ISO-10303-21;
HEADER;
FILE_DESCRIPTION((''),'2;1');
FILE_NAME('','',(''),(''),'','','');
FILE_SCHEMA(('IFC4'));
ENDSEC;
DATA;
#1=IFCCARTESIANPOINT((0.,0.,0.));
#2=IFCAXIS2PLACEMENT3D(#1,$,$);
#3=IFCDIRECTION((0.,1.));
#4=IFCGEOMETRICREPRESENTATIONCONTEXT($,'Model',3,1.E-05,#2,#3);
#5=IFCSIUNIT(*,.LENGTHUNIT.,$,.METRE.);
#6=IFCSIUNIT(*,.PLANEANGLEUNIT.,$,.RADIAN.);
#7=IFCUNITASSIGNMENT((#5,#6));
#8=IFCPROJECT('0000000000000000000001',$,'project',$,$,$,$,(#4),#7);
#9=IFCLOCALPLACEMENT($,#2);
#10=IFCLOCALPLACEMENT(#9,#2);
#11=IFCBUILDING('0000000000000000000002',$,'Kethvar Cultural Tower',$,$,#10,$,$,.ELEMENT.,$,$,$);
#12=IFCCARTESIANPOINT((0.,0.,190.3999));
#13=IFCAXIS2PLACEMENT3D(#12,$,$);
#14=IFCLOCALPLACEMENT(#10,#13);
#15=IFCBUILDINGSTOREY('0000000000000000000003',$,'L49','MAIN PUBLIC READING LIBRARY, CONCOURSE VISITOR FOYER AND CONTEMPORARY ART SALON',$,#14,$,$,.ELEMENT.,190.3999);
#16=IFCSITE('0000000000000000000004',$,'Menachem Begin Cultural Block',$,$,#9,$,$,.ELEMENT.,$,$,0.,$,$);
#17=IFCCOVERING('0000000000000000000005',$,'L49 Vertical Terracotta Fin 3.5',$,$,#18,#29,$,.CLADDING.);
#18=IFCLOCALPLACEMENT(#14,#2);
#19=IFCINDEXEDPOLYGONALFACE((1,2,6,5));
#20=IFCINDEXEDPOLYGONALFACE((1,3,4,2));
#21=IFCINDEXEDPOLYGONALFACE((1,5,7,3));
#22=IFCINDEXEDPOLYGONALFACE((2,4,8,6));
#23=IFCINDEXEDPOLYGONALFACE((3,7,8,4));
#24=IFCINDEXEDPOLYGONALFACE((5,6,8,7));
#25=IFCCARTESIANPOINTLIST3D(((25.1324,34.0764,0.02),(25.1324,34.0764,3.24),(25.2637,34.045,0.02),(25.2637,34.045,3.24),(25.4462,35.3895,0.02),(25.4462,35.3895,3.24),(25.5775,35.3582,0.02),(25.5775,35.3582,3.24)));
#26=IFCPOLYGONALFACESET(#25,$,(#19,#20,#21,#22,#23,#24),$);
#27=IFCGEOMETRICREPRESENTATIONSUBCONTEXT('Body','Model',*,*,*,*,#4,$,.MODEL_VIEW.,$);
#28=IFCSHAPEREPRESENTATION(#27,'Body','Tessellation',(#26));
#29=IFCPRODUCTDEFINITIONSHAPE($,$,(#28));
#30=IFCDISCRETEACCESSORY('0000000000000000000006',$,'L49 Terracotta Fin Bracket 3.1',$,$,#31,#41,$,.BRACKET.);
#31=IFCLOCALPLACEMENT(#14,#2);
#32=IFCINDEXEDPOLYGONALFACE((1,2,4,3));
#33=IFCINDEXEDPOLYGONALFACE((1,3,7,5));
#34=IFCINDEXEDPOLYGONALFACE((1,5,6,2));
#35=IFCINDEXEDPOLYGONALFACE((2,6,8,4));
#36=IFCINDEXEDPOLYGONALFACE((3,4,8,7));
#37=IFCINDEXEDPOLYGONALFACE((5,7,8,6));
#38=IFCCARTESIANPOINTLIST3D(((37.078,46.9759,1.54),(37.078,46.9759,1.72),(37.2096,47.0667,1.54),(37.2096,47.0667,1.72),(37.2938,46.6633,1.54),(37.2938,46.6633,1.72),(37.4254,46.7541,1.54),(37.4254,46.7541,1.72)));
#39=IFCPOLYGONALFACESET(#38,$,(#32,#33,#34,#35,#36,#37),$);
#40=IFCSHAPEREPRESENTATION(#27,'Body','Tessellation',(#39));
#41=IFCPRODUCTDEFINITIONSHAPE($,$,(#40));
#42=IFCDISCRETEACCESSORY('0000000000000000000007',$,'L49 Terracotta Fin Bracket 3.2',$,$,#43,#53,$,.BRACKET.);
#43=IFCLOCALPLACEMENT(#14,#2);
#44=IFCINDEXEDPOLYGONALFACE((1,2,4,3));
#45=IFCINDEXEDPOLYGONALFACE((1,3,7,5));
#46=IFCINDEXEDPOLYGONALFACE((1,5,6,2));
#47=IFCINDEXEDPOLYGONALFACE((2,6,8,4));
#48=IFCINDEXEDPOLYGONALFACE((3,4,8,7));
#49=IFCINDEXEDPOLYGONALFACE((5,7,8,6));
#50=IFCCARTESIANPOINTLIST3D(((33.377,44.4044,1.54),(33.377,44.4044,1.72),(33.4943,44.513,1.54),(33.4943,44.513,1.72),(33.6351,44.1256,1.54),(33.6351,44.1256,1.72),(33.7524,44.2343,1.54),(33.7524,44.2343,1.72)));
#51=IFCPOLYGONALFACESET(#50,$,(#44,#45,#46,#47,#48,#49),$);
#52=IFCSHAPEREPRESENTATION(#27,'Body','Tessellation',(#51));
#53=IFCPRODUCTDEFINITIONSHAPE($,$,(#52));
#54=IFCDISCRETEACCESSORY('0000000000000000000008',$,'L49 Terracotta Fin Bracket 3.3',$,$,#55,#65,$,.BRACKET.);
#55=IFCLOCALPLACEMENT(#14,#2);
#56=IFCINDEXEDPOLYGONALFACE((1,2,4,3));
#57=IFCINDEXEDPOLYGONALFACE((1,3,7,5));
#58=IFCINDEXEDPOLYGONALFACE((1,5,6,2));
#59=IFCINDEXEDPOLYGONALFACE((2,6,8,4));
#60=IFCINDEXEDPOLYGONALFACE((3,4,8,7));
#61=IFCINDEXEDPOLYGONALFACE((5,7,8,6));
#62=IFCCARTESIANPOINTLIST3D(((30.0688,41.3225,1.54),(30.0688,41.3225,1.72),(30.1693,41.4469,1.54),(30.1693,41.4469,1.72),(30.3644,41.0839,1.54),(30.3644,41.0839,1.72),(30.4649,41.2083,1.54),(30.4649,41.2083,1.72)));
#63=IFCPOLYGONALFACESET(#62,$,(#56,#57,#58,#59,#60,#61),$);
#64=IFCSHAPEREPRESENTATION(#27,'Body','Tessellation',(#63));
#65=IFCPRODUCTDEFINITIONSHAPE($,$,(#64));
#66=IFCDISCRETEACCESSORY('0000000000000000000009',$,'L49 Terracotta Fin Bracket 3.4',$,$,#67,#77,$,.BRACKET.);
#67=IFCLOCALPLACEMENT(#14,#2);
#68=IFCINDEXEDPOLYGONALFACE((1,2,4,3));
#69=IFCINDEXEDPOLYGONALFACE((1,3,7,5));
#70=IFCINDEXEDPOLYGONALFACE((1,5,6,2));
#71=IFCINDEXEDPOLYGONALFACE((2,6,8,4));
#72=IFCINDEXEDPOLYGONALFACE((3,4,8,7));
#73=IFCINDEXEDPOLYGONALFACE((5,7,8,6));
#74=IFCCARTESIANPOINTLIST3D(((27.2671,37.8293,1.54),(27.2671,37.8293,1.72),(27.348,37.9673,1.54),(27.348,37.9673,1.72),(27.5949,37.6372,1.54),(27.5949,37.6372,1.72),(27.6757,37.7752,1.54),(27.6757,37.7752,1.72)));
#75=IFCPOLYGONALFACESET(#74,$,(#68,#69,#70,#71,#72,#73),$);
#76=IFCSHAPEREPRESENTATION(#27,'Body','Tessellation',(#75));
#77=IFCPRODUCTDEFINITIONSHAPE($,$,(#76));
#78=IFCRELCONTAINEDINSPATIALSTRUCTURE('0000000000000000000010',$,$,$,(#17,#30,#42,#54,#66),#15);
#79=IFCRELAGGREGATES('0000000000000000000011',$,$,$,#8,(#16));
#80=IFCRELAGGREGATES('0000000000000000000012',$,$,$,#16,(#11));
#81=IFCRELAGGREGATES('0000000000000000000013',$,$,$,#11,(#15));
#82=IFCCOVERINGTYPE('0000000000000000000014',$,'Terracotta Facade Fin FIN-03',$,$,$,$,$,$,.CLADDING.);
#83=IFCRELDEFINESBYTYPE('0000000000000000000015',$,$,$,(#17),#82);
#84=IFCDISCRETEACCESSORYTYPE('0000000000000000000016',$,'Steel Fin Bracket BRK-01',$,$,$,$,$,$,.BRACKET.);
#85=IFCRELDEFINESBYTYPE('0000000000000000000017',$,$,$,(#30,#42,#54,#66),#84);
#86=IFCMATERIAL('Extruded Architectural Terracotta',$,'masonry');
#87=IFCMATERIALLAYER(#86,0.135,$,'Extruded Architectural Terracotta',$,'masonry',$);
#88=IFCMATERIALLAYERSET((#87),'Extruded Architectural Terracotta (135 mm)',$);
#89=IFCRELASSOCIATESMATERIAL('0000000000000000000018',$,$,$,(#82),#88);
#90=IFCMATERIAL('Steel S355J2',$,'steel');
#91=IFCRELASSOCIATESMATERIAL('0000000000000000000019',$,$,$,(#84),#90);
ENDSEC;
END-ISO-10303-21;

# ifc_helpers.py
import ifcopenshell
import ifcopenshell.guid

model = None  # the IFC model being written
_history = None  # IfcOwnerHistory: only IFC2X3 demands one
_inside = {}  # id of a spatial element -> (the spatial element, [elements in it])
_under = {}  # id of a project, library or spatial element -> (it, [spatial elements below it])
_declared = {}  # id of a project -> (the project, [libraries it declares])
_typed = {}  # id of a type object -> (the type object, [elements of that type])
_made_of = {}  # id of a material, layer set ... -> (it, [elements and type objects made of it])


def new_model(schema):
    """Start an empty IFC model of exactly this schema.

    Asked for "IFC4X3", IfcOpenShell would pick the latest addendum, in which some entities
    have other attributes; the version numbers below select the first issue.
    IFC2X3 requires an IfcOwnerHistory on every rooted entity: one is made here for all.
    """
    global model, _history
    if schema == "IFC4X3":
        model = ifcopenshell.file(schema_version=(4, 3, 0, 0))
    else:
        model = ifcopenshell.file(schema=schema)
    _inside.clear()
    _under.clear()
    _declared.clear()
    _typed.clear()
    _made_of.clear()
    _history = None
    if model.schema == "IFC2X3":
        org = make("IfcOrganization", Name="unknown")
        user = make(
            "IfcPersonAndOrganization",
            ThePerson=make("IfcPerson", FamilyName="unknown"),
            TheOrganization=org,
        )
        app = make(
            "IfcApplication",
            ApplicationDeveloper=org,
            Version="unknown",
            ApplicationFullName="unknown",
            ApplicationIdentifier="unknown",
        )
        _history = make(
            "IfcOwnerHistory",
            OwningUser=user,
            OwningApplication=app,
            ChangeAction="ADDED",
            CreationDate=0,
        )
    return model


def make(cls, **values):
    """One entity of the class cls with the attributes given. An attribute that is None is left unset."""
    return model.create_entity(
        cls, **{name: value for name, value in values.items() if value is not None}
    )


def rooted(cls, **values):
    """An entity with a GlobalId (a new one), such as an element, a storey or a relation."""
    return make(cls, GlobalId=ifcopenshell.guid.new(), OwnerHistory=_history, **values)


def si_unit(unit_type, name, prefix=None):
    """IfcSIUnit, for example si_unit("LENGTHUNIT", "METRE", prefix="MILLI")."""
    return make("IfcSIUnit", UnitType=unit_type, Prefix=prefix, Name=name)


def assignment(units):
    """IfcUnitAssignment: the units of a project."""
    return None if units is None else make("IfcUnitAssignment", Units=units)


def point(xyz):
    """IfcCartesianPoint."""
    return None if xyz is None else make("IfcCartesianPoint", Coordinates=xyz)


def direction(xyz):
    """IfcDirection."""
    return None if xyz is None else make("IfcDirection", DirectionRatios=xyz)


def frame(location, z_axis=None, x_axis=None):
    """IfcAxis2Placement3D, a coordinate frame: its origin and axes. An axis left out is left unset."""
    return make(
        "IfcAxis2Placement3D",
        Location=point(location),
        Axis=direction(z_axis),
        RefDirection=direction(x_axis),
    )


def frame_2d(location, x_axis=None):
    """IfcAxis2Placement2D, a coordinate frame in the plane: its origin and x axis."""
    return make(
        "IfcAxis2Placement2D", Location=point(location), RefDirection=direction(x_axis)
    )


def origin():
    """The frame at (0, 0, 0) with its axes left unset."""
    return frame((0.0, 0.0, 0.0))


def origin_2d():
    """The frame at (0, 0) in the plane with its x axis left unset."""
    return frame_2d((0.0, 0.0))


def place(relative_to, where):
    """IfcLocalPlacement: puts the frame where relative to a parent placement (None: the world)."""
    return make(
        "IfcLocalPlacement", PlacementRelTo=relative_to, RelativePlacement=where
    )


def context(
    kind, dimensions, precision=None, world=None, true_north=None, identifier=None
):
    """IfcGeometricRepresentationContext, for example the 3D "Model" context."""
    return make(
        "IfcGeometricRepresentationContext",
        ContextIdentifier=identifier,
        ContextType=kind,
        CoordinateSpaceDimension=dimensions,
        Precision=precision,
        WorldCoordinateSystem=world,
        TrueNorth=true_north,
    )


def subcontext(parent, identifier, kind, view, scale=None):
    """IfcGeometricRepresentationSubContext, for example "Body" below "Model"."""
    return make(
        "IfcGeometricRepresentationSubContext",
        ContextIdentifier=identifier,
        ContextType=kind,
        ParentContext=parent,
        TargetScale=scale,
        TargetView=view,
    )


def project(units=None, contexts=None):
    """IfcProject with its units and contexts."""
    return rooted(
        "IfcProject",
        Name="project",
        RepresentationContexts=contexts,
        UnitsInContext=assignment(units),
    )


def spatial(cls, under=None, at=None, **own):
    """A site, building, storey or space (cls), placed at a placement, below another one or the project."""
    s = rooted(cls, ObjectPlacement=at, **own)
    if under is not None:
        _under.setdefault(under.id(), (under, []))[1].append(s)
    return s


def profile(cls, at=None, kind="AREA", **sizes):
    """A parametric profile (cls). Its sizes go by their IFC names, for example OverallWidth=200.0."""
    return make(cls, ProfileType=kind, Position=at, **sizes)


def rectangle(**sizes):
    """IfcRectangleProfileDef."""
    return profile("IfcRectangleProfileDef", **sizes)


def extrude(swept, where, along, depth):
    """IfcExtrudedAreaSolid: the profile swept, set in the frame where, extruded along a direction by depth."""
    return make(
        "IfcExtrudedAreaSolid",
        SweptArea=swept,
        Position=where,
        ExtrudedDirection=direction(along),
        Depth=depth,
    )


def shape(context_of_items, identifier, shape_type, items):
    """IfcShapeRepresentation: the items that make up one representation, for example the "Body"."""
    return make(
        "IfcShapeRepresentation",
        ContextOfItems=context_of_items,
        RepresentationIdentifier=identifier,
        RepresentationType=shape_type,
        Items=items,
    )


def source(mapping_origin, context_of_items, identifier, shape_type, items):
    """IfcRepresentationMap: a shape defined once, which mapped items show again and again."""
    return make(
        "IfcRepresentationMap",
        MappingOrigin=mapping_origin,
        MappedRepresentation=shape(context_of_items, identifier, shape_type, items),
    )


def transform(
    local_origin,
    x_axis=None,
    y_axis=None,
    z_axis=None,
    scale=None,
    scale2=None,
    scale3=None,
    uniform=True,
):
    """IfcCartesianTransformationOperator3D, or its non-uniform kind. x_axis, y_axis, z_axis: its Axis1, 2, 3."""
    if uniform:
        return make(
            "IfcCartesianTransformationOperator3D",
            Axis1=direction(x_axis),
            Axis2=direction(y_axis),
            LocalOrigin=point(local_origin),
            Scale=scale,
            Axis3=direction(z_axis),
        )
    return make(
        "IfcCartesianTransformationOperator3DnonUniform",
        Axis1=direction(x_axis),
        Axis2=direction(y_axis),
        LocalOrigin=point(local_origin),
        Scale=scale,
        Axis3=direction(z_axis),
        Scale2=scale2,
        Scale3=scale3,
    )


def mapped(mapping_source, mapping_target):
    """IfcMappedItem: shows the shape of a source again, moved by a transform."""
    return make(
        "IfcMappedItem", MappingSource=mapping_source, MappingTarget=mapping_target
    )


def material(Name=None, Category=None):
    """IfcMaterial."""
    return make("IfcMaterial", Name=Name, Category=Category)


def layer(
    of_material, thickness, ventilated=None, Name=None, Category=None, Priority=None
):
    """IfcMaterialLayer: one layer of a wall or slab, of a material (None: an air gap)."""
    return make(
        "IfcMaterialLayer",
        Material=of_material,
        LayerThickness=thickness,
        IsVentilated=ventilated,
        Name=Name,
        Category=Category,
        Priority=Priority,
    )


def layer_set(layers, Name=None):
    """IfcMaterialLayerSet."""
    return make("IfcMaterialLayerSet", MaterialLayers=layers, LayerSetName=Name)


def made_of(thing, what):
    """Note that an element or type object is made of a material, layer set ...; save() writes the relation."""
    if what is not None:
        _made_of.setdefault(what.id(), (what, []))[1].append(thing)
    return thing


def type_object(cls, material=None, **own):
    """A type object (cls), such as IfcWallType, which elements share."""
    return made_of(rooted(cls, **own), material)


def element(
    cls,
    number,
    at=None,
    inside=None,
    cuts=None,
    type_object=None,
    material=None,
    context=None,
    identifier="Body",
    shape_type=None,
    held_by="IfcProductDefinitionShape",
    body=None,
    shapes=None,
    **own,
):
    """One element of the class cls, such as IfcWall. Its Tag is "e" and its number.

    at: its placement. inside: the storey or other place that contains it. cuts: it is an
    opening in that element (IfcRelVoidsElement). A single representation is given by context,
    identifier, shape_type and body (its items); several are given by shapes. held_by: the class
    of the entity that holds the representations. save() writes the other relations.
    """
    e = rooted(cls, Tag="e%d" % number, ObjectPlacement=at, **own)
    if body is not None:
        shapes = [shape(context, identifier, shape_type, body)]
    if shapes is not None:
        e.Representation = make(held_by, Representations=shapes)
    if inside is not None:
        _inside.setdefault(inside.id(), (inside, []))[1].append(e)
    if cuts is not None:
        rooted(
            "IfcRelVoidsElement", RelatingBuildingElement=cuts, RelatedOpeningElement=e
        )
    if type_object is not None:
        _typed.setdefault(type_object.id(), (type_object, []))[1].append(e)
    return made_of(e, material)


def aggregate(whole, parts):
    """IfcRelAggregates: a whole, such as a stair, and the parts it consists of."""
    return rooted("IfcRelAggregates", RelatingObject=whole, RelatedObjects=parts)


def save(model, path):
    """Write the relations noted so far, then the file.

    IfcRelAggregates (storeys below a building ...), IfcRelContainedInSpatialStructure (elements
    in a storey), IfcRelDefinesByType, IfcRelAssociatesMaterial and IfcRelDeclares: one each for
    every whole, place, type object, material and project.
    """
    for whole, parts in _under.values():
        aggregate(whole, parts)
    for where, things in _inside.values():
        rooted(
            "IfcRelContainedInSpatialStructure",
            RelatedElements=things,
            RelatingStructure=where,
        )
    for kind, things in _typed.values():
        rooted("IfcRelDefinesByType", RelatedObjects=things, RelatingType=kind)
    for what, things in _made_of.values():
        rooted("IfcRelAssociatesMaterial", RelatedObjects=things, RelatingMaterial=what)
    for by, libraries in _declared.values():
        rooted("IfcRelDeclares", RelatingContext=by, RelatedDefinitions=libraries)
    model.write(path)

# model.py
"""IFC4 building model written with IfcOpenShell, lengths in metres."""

from ifc_helpers import new_model, si_unit, direction, frame, origin, origin_2d, place, context, subcontext, project, spatial, rectangle, extrude, source, transform, mapped, material, layer, layer_set, type_object, element, save


model = new_model("IFC4")

# Units and contexts
model_context = context("Model", 3, precision=1e-05, world=origin(), true_north=direction((0.0, 1.0)))
body_context = subcontext(model_context, "Body", "Model", "MODEL_VIEW")
ifc_project = project(units=[si_unit("LENGTHUNIT", "METRE"), si_unit("PLANEANGLEUNIT", "RADIAN")], contexts=[model_context])

# Site, building, storey
site_placement = place(None, origin())
site = spatial("IfcSite", under=ifc_project, at=site_placement, Name="Menachem Begin Cultural Block", CompositionType="ELEMENT", RefElevation=0.0)
building_placement = place(site_placement, origin())
building = spatial("IfcBuilding", under=site, at=building_placement, Name="Kethvar Cultural Tower", CompositionType="ELEMENT")
storey_placement = place(building_placement, frame((0.0, 0.0, 190.3999)))
storey = spatial("IfcBuildingStorey", under=building, at=storey_placement, Name="L49", Description="MAIN PUBLIC READING LIBRARY, CONCOURSE VISITOR FOYER AND CONTEMPORARY ART SALON", CompositionType="ELEMENT", Elevation=190.3999)

# Shared definitions
ifc_material_1 = material(Name="Steel S355J2", Category="steel")

# Covering
ifc_material_2 = material(Name="Extruded Architectural Terracotta", Category="masonry")
ifc_layer_1 = layer(ifc_material_2, 0.135, Name="Extruded Architectural Terracotta", Category="masonry")
ifc_layer_set_1 = layer_set([ifc_layer_1], Name="Extruded Architectural Terracotta (135 mm)")
covering_type = type_object("IfcCoveringType", Name="Terracotta Facade Fin FIN-03", PredefinedType="CLADDING", material=ifc_layer_set_1)
shared_shape_1 = source(origin(), body_context, "Body", "SweptSolid", [
    extrude(rectangle(XDim=1.3501, YDim=0.135, at=origin_2d()), origin(), (0.0, 0.0, 1.0), 3.22),
])
for number, where, z_axis, x_axis, name in (
    (1, (25.355, 34.7173, 0.02), (0.0, 0.0, 1.0), (0.232427, 0.972614, 0.0), "L49 Vertical Terracotta Fin 3.5"),
):
    element("IfcCovering", number, at=place(storey_placement, frame(where, z_axis=z_axis, x_axis=x_axis)), inside=storey, type_object=covering_type, Name=name, PredefinedType="CLADDING", context=body_context, shape_type="MappedRepresentation", body=[
        mapped(shared_shape_1, transform((0.0, 0.0, 0.0), scale=1.0)),
    ])

# Discrete accessories
discrete_accessory_type = type_object("IfcDiscreteAccessoryType", Name="Steel Fin Bracket BRK-01", PredefinedType="BRACKET", material=ifc_material_1)
shared_shape_2 = source(origin(), body_context, "Body", "SweptSolid", [
    extrude(rectangle(XDim=0.3799, YDim=0.1599, at=origin_2d()), origin(), (0.0, 0.0, 1.0), 0.1799),
])
for number, where, z_axis, x_axis, name in (
    (2, (37.2517, 46.865, 1.54), (0.0, 0.0, 1.0), (-0.568131, 0.822938, 0.0), "L49 Terracotta Fin Bracket 3.1"),
    (3, (33.5647, 44.3193, 1.54), (0.0, 0.0, 1.0), (-0.679441, 0.73373, 0.0), "L49 Terracotta Fin Bracket 3.2"),
    (4, (30.2668, 41.2654, 1.54), (0.0, 0.0, 1.0), (-0.778134, 0.628099, 0.0), "L49 Terracotta Fin Bracket 3.3"),
    (5, (27.4714, 37.8022, 1.54), (0.0, 0.0, 1.0), (-0.86269, 0.505733, 0.0), "L49 Terracotta Fin Bracket 3.4"),
):
    element("IfcDiscreteAccessory", number, at=place(storey_placement, frame(where, z_axis=z_axis, x_axis=x_axis)), inside=storey, type_object=discrete_accessory_type, Name=name, PredefinedType="BRACKET", context=body_context, shape_type="MappedRepresentation", body=[
        mapped(shared_shape_2, transform((0.0, 0.0, 0.0), scale=1.0)),
    ])

save(model, "model.ifc")
